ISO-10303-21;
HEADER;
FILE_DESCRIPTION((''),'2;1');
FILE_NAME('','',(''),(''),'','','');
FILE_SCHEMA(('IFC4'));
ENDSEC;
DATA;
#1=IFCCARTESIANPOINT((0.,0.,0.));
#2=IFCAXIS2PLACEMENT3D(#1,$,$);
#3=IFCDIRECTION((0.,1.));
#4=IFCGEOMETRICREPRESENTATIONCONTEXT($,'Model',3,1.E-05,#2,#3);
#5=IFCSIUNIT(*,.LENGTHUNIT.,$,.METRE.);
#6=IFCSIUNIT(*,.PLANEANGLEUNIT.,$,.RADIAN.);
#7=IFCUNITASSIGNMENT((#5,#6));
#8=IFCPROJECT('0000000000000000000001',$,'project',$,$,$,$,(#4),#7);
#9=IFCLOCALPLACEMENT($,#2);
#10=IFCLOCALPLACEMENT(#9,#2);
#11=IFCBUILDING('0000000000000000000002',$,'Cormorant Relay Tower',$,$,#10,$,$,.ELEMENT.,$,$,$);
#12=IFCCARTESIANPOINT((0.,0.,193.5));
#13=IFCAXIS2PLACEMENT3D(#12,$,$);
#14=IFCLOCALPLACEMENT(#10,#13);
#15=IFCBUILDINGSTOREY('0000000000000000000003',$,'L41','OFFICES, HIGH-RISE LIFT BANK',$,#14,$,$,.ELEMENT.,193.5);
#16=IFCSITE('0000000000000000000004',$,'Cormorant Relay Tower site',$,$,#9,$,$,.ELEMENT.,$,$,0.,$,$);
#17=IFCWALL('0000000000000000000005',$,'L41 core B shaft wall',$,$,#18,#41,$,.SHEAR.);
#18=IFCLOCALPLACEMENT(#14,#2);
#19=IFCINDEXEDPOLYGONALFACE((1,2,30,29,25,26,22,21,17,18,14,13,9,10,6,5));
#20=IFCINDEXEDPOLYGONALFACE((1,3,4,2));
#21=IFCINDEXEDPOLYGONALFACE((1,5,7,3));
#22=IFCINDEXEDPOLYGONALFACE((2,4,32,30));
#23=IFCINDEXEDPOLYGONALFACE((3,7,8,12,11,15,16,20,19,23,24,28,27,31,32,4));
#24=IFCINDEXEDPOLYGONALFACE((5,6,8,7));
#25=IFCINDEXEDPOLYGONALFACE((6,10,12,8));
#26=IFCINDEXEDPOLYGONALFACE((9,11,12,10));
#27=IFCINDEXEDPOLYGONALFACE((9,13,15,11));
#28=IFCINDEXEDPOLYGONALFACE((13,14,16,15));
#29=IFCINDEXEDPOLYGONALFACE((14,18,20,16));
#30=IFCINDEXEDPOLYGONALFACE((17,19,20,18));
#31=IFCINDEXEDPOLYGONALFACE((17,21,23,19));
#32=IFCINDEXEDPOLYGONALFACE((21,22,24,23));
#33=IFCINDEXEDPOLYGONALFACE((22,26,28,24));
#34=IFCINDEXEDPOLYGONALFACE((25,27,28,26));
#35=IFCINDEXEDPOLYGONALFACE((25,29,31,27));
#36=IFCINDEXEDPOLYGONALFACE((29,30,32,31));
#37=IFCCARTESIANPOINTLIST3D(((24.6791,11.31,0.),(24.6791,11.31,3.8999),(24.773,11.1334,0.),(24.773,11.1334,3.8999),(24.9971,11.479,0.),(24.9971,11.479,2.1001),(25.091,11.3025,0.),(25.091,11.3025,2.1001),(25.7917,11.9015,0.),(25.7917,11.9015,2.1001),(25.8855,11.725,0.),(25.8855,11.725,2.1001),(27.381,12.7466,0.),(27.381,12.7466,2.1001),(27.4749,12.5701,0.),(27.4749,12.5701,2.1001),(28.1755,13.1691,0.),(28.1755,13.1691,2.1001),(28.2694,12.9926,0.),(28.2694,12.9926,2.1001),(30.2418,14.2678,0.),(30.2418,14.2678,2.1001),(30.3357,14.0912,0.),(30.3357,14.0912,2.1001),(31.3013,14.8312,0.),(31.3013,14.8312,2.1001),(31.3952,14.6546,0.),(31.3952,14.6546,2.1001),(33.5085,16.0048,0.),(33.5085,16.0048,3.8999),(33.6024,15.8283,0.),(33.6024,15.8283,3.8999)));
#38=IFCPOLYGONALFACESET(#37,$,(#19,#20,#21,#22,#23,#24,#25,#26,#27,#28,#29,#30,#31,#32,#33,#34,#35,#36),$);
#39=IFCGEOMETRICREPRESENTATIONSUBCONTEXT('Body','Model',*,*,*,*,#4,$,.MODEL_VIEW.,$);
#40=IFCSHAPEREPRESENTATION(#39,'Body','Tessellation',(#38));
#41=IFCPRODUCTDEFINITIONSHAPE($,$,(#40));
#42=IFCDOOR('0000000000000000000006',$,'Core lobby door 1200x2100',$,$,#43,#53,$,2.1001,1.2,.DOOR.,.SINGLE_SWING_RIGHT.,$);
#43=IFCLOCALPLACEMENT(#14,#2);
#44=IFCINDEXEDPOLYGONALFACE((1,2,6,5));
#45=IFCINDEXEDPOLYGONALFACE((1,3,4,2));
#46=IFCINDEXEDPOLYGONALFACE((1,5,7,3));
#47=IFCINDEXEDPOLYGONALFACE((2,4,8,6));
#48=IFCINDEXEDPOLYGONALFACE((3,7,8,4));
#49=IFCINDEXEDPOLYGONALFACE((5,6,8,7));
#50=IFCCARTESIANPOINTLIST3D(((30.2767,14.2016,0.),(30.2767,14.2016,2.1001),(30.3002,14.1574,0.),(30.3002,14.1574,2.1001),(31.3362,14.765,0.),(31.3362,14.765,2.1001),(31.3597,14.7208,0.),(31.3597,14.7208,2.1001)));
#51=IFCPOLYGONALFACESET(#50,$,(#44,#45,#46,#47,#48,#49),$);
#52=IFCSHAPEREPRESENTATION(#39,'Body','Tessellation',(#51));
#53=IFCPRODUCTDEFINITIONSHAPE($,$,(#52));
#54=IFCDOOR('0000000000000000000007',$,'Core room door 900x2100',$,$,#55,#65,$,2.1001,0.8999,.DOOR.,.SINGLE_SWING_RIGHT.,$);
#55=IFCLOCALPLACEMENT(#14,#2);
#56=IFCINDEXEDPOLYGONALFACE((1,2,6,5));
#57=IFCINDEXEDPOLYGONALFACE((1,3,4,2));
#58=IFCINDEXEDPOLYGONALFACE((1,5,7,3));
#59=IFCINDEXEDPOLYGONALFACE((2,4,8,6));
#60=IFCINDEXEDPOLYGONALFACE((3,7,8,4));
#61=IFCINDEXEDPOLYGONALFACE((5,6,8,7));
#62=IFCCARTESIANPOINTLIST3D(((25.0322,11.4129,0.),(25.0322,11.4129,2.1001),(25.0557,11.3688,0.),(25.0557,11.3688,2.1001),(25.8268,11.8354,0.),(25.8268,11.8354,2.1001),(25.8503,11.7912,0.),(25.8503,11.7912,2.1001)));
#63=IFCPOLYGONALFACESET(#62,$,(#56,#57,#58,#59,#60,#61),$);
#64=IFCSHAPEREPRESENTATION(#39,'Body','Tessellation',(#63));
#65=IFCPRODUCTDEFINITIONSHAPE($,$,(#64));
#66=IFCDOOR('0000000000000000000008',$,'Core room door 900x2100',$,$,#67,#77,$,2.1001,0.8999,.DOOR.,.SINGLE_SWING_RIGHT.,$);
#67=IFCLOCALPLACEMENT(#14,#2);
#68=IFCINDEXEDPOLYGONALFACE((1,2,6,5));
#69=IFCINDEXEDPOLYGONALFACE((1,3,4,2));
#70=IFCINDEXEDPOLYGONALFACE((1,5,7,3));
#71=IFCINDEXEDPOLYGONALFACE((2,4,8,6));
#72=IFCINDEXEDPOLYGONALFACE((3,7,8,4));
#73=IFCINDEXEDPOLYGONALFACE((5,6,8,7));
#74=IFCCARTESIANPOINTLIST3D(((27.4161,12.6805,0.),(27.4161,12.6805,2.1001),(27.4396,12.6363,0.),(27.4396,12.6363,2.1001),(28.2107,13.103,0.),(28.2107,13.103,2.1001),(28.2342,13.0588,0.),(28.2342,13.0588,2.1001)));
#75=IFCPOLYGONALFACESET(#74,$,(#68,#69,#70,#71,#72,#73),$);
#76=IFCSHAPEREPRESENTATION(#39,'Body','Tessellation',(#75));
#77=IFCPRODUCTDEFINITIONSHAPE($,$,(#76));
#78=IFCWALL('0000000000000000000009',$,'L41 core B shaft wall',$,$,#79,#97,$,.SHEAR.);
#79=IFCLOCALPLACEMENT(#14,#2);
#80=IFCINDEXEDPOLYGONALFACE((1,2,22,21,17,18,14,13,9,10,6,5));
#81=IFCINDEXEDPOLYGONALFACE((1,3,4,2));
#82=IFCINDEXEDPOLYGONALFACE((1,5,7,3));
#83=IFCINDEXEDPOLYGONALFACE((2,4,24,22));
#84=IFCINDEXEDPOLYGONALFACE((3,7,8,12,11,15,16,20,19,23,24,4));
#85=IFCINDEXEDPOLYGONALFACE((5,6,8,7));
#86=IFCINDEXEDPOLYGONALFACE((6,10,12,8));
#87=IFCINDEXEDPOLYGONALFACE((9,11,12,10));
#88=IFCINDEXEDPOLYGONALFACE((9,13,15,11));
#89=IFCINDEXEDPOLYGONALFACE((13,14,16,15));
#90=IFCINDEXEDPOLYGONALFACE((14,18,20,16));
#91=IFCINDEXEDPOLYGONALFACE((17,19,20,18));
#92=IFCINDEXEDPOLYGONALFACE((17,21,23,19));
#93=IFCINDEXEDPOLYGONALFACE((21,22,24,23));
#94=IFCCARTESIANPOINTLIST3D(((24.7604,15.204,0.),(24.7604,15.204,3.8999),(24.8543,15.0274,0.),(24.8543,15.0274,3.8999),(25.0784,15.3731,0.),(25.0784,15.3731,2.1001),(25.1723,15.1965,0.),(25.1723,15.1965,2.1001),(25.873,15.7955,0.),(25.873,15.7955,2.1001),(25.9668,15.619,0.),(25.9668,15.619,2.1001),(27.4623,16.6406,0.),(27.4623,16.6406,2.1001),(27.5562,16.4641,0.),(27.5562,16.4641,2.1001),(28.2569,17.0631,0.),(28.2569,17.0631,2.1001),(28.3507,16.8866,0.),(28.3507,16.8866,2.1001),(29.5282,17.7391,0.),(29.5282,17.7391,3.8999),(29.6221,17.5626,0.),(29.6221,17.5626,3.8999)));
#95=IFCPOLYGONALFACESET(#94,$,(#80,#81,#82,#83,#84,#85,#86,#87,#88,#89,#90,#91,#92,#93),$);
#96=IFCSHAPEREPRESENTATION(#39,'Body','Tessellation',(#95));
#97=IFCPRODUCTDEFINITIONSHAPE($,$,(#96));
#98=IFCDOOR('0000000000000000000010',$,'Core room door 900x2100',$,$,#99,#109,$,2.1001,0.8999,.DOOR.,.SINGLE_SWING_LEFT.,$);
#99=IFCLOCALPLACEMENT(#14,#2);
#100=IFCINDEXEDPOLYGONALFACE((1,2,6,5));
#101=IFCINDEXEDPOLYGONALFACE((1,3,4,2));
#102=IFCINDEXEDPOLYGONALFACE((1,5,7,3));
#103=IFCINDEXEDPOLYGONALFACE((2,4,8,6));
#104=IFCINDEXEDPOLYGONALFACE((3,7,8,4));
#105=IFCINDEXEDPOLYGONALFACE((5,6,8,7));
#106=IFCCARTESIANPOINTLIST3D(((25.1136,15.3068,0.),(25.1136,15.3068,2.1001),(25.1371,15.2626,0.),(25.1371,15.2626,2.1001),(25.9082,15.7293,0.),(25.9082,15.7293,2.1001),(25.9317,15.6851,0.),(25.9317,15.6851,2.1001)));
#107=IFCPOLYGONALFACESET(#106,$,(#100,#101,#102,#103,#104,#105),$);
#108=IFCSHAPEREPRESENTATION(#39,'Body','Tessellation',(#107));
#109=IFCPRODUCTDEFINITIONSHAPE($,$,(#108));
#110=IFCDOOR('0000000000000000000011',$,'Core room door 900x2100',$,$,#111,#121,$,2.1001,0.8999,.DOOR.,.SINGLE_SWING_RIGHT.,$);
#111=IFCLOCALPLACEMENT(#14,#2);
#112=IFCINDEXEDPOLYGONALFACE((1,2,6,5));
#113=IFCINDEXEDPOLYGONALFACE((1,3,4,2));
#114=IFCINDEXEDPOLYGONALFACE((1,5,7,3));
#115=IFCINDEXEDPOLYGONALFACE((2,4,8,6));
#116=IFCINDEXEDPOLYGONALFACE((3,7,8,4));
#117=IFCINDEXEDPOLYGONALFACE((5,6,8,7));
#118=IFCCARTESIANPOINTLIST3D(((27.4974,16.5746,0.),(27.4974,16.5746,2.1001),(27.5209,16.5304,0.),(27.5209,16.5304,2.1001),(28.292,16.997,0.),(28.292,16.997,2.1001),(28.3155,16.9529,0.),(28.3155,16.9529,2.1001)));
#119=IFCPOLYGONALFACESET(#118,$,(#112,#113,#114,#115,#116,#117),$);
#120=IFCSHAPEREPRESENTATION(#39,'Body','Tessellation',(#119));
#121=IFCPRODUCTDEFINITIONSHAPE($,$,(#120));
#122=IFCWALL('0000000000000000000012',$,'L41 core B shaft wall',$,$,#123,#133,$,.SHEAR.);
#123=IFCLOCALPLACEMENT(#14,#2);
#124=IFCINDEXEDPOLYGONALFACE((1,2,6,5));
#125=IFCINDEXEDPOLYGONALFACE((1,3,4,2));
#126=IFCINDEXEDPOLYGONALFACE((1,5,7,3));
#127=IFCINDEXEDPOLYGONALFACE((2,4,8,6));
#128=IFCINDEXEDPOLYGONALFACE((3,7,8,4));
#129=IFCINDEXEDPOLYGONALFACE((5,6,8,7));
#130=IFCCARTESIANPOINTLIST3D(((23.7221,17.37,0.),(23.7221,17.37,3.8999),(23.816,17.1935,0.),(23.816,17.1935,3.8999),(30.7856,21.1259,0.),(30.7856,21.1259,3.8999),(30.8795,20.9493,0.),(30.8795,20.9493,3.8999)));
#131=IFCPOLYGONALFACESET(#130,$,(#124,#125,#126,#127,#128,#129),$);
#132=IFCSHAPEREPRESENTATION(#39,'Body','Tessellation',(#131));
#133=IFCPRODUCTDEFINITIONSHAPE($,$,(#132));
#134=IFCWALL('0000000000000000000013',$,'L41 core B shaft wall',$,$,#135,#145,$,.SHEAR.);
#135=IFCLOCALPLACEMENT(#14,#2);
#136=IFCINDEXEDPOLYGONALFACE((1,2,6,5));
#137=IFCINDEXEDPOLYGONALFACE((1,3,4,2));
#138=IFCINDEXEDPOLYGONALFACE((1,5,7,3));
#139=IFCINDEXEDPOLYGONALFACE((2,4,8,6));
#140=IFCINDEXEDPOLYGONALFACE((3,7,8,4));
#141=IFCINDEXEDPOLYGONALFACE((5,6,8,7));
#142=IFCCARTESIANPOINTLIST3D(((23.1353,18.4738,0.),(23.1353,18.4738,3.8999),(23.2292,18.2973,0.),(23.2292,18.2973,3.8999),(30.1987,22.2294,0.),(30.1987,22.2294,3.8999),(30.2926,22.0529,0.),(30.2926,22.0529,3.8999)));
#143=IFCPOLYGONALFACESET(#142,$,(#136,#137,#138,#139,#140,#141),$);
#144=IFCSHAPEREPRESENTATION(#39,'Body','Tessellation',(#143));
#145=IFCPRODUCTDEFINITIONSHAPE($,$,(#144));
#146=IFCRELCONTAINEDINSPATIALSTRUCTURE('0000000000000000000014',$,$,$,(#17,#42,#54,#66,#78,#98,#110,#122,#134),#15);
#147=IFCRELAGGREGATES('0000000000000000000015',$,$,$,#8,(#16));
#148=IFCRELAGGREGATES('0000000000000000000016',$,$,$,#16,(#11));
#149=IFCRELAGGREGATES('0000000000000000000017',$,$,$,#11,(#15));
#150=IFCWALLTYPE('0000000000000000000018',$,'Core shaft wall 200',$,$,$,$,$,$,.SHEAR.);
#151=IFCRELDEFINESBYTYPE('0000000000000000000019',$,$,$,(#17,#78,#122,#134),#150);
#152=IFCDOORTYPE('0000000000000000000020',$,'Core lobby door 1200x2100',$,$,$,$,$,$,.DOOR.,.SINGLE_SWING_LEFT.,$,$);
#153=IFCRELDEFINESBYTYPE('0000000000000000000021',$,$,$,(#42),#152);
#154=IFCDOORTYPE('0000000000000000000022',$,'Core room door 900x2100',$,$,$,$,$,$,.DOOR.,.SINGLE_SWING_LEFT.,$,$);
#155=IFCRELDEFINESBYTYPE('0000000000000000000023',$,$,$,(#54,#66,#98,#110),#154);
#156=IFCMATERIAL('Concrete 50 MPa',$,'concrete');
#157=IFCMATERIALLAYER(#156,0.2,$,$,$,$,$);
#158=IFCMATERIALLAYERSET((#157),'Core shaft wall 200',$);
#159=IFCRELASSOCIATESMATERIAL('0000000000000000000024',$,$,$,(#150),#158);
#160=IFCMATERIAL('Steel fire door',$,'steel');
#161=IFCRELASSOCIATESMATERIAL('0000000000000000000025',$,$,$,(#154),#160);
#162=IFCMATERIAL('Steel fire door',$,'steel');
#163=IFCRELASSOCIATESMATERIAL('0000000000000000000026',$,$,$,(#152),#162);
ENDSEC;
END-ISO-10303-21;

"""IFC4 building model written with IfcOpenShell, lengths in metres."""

from ifc_helpers import new_model, si_unit, direction, frame, frame_2d, origin, place, context, subcontext, project, spatial, rectangle, extrude, material, layer, layer_set, type_object, element, fill, save


model = new_model("IFC4")

# Units and contexts
model_context = context("Model", 3, precision=1e-05, world=origin(), true_north=direction((0.0, 1.0)))
body_context = subcontext(model_context, "Body", "Model", "MODEL_VIEW")
ifc_project = project(units=[si_unit("LENGTHUNIT", "METRE"), si_unit("PLANEANGLEUNIT", "RADIAN")], contexts=[model_context])

# Site, building, storey
site_placement = place(None, origin())
site = spatial("IfcSite", under=ifc_project, at=site_placement, Name="Cormorant Relay Tower site", CompositionType="ELEMENT", RefElevation=0.0)
building_placement = place(site_placement, origin())
building = spatial("IfcBuilding", under=site, at=building_placement, Name="Cormorant Relay Tower", CompositionType="ELEMENT")
storey_placement = place(building_placement, frame((0.0, 0.0, 193.5)))
storey = spatial("IfcBuildingStorey", under=building, at=storey_placement, Name="L41", Description="OFFICES, HIGH-RISE LIFT BANK", CompositionType="ELEMENT", Elevation=193.5)

# Shared definitions
ifc_material_1 = material(Name="Concrete 50 MPa", Category="concrete")
ifc_layer_1 = layer(ifc_material_1, 0.2)
ifc_layer_set_1 = layer_set([ifc_layer_1], Name="Core shaft wall 200")
wall_type_1 = type_object("IfcWallType", Name="Core shaft wall 200", PredefinedType="SHEAR", material=ifc_layer_set_1)

# Shared definitions
ifc_material_2 = material(Name="Steel fire door", Category="steel")
door_type_1 = type_object("IfcDoorType", Name="Core room door 900x2100", OperationType="SINGLE_SWING_LEFT", PredefinedType="DOOR", material=ifc_material_2)

# Walls, openings, doors
wall_1_placement = place(storey_placement, frame((24.7261, 11.2217, 0.0), z_axis=(0.0, 0.0, 1.0), x_axis=(0.88294, 0.469485, 0.0)))
wall_1 = element("IfcWall", 1, at=wall_1_placement, inside=storey, type_object=wall_type_1, Name="L41 core B shaft wall", PredefinedType="SHEAR", context=body_context, shape_type="SweptSolid", body=[
    extrude(rectangle(XDim=10.0, YDim=0.2, at=frame_2d((5.0, 0.0))), origin(), (0.0, 0.0, 1.0), 3.8999),
])
opening_1_placement = place(wall_1_placement, frame((6.3, 0.0, 0.0)))
opening_1 = element("IfcOpeningElement", 2, at=opening_1_placement, cuts=wall_1, PredefinedType="OPENING", context=body_context, shape_type="SweptSolid", body=[
    extrude(rectangle(XDim=1.2, YDim=2.1001, at=frame_2d((0.6001, 1.05))), frame((0.0, 0.1099, 0.0), z_axis=(0.0, -1.0, 0.0), x_axis=(1.0, 0.0, 0.0)), (0.0, 0.0, 1.0), 0.22),
])
opening_2_placement = place(wall_1_placement, frame((0.3601, 0.0, 0.0)))
opening_2 = element("IfcOpeningElement", 3, at=opening_2_placement, cuts=wall_1, PredefinedType="OPENING", context=body_context, shape_type="SweptSolid", body=[
    extrude(rectangle(XDim=0.8999, YDim=2.1001, at=frame_2d((0.45, 1.05))), frame((0.0, 0.1099, 0.0), z_axis=(0.0, -1.0, 0.0), x_axis=(1.0, 0.0, 0.0)), (0.0, 0.0, 1.0), 0.22),
])
opening_3_placement = place(wall_1_placement, frame((3.0601, 0.0, 0.0)))
opening_3 = element("IfcOpeningElement", 4, at=opening_3_placement, cuts=wall_1, PredefinedType="OPENING", context=body_context, shape_type="SweptSolid", body=[
    extrude(rectangle(XDim=0.8999, YDim=2.1001, at=frame_2d((0.45, 1.05))), frame((0.0, 0.1099, 0.0), z_axis=(0.0, -1.0, 0.0), x_axis=(1.0, 0.0, 0.0)), (0.0, 0.0, 1.0), 0.22),
])
ifc_material_3 = material(Name="Steel fire door", Category="steel")
door_type_2 = type_object("IfcDoorType", Name="Core lobby door 1200x2100", OperationType="SINGLE_SWING_LEFT", PredefinedType="DOOR", material=ifc_material_3)
door_1_placement = place(opening_1_placement, frame((1.2, 0.0, 0.0), z_axis=(0.0, 0.0, 1.0), x_axis=(-1.0, 0.0, 0.0)))
door_1 = element("IfcDoor", 5, at=door_1_placement, inside=storey, type_object=door_type_2, Name="Core lobby door 1200x2100", OperationType="SINGLE_SWING_RIGHT", OverallHeight=2.1001, OverallWidth=1.2, PredefinedType="DOOR", context=body_context, shape_type="SweptSolid", body=[
    extrude(rectangle(XDim=1.2, YDim=2.1001, at=frame_2d((0.6001, 1.05))), frame((0.0, 0.0249, 0.0), z_axis=(0.0, -1.0, 0.0), x_axis=(1.0, 0.0, 0.0)), (0.0, 0.0, 1.0), 0.05),
])
fill(opening_1, door_1)
door_2_placement = place(opening_2_placement, frame((0.8999, 0.0, 0.0), z_axis=(0.0, 0.0, 1.0), x_axis=(-1.0, 0.0, 0.0)))
door_2 = element("IfcDoor", 6, at=door_2_placement, inside=storey, type_object=door_type_1, Name="Core room door 900x2100", OperationType="SINGLE_SWING_RIGHT", OverallHeight=2.1001, OverallWidth=0.8999, PredefinedType="DOOR", context=body_context, shape_type="SweptSolid", body=[
    extrude(rectangle(XDim=0.8999, YDim=2.1001, at=frame_2d((0.45, 1.05))), frame((0.0, 0.0249, 0.0), z_axis=(0.0, -1.0, 0.0), x_axis=(1.0, 0.0, 0.0)), (0.0, 0.0, 1.0), 0.05),
])
fill(opening_2, door_2)
door_3_placement = place(opening_3_placement, frame((0.8999, 0.0, 0.0), z_axis=(0.0, 0.0, 1.0), x_axis=(-1.0, 0.0, 0.0)))
door_3 = element("IfcDoor", 7, at=door_3_placement, inside=storey, type_object=door_type_1, Name="Core room door 900x2100", OperationType="SINGLE_SWING_RIGHT", OverallHeight=2.1001, OverallWidth=0.8999, PredefinedType="DOOR", context=body_context, shape_type="SweptSolid", body=[
    extrude(rectangle(XDim=0.8999, YDim=2.1001, at=frame_2d((0.45, 1.05))), frame((0.0, 0.0249, 0.0), z_axis=(0.0, -1.0, 0.0), x_axis=(1.0, 0.0, 0.0)), (0.0, 0.0, 1.0), 0.05),
])
fill(opening_3, door_3)
wall_2_placement = place(storey_placement, frame((24.8074, 15.1157, 0.0), z_axis=(0.0, 0.0, 1.0), x_axis=(0.882943, 0.46948, 0.0)))
wall_2 = element("IfcWall", 8, at=wall_2_placement, inside=storey, type_object=wall_type_1, Name="L41 core B shaft wall", PredefinedType="SHEAR", context=body_context, shape_type="SweptSolid", body=[
    extrude(rectangle(XDim=5.3999, YDim=0.2, at=frame_2d((2.7, 0.0))), origin(), (0.0, 0.0, 1.0), 3.8999),
])
opening_4_placement = place(wall_2_placement, frame((0.3601, 0.0, 0.0)))
opening_4 = element("IfcOpeningElement", 9, at=opening_4_placement, cuts=wall_2, PredefinedType="OPENING", context=body_context, shape_type="SweptSolid", body=[
    extrude(rectangle(XDim=0.8999, YDim=2.1001, at=frame_2d((0.45, 1.05))), frame((0.0, 0.1099, 0.0), z_axis=(0.0, -1.0, 0.0), x_axis=(1.0, 0.0, 0.0)), (0.0, 0.0, 1.0), 0.22),
])
opening_5_placement = place(wall_2_placement, frame((3.0601, 0.0, 0.0)))
opening_5 = element("IfcOpeningElement", 10, at=opening_5_placement, cuts=wall_2, PredefinedType="OPENING", context=body_context, shape_type="SweptSolid", body=[
    extrude(rectangle(XDim=0.8999, YDim=2.1001, at=frame_2d((0.45, 1.05))), frame((0.0, 0.1099, 0.0), z_axis=(0.0, -1.0, 0.0), x_axis=(1.0, 0.0, 0.0)), (0.0, 0.0, 1.0), 0.22),
])
door_4_placement = place(opening_4_placement, origin())
door_4 = element("IfcDoor", 11, at=door_4_placement, inside=storey, type_object=door_type_1, Name="Core room door 900x2100", OperationType="SINGLE_SWING_LEFT", OverallHeight=2.1001, OverallWidth=0.8999, PredefinedType="DOOR", context=body_context, shape_type="SweptSolid", body=[
    extrude(rectangle(XDim=0.8999, YDim=2.1001, at=frame_2d((0.45, 1.05))), frame((0.0, 0.0249, 0.0), z_axis=(0.0, -1.0, 0.0), x_axis=(1.0, 0.0, 0.0)), (0.0, 0.0, 1.0), 0.05),
])
fill(opening_4, door_4)
door_5_placement = place(opening_5_placement, frame((0.8999, 0.0, 0.0), z_axis=(0.0, 0.0, 1.0), x_axis=(-1.0, 0.0, 0.0)))
door_5 = element("IfcDoor", 12, at=door_5_placement, inside=storey, type_object=door_type_1, Name="Core room door 900x2100", OperationType="SINGLE_SWING_RIGHT", OverallHeight=2.1001, OverallWidth=0.8999, PredefinedType="DOOR", context=body_context, shape_type="SweptSolid", body=[
    extrude(rectangle(XDim=0.8999, YDim=2.1001, at=frame_2d((0.45, 1.05))), frame((0.0, 0.0249, 0.0), z_axis=(0.0, -1.0, 0.0), x_axis=(1.0, 0.0, 0.0)), (0.0, 0.0, 1.0), 0.05),
])
fill(opening_5, door_5)

# Walls
wall_3_placement = place(storey_placement, frame((23.769, 17.2817, 0.0), z_axis=(0.0, 0.0, 1.0), x_axis=(0.88294, 0.469485, 0.0)))
element("IfcWall", 13, at=wall_3_placement, inside=storey, type_object=wall_type_1, Name="L41 core B shaft wall", PredefinedType="SHEAR", context=body_context, shape_type="SweptSolid", body=[
    extrude(rectangle(XDim=8.0, YDim=0.2, at=frame_2d((4.0, 0.0))), origin(), (0.0, 0.0, 1.0), 3.8999),
])
wall_4_placement = place(storey_placement, frame((23.1821, 18.3855, 0.0), z_axis=(0.0, 0.0, 1.0), x_axis=(0.882953, 0.469462, 0.0)))
element("IfcWall", 14, at=wall_4_placement, inside=storey, type_object=wall_type_1, Name="L41 core B shaft wall", PredefinedType="SHEAR", context=body_context, shape_type="SweptSolid", body=[
    extrude(rectangle(XDim=7.9998, YDim=0.2, at=frame_2d((4.0, 0.0))), origin(), (0.0, 0.0, 1.0), 3.8999),
])

save(model, "model.ifc")
